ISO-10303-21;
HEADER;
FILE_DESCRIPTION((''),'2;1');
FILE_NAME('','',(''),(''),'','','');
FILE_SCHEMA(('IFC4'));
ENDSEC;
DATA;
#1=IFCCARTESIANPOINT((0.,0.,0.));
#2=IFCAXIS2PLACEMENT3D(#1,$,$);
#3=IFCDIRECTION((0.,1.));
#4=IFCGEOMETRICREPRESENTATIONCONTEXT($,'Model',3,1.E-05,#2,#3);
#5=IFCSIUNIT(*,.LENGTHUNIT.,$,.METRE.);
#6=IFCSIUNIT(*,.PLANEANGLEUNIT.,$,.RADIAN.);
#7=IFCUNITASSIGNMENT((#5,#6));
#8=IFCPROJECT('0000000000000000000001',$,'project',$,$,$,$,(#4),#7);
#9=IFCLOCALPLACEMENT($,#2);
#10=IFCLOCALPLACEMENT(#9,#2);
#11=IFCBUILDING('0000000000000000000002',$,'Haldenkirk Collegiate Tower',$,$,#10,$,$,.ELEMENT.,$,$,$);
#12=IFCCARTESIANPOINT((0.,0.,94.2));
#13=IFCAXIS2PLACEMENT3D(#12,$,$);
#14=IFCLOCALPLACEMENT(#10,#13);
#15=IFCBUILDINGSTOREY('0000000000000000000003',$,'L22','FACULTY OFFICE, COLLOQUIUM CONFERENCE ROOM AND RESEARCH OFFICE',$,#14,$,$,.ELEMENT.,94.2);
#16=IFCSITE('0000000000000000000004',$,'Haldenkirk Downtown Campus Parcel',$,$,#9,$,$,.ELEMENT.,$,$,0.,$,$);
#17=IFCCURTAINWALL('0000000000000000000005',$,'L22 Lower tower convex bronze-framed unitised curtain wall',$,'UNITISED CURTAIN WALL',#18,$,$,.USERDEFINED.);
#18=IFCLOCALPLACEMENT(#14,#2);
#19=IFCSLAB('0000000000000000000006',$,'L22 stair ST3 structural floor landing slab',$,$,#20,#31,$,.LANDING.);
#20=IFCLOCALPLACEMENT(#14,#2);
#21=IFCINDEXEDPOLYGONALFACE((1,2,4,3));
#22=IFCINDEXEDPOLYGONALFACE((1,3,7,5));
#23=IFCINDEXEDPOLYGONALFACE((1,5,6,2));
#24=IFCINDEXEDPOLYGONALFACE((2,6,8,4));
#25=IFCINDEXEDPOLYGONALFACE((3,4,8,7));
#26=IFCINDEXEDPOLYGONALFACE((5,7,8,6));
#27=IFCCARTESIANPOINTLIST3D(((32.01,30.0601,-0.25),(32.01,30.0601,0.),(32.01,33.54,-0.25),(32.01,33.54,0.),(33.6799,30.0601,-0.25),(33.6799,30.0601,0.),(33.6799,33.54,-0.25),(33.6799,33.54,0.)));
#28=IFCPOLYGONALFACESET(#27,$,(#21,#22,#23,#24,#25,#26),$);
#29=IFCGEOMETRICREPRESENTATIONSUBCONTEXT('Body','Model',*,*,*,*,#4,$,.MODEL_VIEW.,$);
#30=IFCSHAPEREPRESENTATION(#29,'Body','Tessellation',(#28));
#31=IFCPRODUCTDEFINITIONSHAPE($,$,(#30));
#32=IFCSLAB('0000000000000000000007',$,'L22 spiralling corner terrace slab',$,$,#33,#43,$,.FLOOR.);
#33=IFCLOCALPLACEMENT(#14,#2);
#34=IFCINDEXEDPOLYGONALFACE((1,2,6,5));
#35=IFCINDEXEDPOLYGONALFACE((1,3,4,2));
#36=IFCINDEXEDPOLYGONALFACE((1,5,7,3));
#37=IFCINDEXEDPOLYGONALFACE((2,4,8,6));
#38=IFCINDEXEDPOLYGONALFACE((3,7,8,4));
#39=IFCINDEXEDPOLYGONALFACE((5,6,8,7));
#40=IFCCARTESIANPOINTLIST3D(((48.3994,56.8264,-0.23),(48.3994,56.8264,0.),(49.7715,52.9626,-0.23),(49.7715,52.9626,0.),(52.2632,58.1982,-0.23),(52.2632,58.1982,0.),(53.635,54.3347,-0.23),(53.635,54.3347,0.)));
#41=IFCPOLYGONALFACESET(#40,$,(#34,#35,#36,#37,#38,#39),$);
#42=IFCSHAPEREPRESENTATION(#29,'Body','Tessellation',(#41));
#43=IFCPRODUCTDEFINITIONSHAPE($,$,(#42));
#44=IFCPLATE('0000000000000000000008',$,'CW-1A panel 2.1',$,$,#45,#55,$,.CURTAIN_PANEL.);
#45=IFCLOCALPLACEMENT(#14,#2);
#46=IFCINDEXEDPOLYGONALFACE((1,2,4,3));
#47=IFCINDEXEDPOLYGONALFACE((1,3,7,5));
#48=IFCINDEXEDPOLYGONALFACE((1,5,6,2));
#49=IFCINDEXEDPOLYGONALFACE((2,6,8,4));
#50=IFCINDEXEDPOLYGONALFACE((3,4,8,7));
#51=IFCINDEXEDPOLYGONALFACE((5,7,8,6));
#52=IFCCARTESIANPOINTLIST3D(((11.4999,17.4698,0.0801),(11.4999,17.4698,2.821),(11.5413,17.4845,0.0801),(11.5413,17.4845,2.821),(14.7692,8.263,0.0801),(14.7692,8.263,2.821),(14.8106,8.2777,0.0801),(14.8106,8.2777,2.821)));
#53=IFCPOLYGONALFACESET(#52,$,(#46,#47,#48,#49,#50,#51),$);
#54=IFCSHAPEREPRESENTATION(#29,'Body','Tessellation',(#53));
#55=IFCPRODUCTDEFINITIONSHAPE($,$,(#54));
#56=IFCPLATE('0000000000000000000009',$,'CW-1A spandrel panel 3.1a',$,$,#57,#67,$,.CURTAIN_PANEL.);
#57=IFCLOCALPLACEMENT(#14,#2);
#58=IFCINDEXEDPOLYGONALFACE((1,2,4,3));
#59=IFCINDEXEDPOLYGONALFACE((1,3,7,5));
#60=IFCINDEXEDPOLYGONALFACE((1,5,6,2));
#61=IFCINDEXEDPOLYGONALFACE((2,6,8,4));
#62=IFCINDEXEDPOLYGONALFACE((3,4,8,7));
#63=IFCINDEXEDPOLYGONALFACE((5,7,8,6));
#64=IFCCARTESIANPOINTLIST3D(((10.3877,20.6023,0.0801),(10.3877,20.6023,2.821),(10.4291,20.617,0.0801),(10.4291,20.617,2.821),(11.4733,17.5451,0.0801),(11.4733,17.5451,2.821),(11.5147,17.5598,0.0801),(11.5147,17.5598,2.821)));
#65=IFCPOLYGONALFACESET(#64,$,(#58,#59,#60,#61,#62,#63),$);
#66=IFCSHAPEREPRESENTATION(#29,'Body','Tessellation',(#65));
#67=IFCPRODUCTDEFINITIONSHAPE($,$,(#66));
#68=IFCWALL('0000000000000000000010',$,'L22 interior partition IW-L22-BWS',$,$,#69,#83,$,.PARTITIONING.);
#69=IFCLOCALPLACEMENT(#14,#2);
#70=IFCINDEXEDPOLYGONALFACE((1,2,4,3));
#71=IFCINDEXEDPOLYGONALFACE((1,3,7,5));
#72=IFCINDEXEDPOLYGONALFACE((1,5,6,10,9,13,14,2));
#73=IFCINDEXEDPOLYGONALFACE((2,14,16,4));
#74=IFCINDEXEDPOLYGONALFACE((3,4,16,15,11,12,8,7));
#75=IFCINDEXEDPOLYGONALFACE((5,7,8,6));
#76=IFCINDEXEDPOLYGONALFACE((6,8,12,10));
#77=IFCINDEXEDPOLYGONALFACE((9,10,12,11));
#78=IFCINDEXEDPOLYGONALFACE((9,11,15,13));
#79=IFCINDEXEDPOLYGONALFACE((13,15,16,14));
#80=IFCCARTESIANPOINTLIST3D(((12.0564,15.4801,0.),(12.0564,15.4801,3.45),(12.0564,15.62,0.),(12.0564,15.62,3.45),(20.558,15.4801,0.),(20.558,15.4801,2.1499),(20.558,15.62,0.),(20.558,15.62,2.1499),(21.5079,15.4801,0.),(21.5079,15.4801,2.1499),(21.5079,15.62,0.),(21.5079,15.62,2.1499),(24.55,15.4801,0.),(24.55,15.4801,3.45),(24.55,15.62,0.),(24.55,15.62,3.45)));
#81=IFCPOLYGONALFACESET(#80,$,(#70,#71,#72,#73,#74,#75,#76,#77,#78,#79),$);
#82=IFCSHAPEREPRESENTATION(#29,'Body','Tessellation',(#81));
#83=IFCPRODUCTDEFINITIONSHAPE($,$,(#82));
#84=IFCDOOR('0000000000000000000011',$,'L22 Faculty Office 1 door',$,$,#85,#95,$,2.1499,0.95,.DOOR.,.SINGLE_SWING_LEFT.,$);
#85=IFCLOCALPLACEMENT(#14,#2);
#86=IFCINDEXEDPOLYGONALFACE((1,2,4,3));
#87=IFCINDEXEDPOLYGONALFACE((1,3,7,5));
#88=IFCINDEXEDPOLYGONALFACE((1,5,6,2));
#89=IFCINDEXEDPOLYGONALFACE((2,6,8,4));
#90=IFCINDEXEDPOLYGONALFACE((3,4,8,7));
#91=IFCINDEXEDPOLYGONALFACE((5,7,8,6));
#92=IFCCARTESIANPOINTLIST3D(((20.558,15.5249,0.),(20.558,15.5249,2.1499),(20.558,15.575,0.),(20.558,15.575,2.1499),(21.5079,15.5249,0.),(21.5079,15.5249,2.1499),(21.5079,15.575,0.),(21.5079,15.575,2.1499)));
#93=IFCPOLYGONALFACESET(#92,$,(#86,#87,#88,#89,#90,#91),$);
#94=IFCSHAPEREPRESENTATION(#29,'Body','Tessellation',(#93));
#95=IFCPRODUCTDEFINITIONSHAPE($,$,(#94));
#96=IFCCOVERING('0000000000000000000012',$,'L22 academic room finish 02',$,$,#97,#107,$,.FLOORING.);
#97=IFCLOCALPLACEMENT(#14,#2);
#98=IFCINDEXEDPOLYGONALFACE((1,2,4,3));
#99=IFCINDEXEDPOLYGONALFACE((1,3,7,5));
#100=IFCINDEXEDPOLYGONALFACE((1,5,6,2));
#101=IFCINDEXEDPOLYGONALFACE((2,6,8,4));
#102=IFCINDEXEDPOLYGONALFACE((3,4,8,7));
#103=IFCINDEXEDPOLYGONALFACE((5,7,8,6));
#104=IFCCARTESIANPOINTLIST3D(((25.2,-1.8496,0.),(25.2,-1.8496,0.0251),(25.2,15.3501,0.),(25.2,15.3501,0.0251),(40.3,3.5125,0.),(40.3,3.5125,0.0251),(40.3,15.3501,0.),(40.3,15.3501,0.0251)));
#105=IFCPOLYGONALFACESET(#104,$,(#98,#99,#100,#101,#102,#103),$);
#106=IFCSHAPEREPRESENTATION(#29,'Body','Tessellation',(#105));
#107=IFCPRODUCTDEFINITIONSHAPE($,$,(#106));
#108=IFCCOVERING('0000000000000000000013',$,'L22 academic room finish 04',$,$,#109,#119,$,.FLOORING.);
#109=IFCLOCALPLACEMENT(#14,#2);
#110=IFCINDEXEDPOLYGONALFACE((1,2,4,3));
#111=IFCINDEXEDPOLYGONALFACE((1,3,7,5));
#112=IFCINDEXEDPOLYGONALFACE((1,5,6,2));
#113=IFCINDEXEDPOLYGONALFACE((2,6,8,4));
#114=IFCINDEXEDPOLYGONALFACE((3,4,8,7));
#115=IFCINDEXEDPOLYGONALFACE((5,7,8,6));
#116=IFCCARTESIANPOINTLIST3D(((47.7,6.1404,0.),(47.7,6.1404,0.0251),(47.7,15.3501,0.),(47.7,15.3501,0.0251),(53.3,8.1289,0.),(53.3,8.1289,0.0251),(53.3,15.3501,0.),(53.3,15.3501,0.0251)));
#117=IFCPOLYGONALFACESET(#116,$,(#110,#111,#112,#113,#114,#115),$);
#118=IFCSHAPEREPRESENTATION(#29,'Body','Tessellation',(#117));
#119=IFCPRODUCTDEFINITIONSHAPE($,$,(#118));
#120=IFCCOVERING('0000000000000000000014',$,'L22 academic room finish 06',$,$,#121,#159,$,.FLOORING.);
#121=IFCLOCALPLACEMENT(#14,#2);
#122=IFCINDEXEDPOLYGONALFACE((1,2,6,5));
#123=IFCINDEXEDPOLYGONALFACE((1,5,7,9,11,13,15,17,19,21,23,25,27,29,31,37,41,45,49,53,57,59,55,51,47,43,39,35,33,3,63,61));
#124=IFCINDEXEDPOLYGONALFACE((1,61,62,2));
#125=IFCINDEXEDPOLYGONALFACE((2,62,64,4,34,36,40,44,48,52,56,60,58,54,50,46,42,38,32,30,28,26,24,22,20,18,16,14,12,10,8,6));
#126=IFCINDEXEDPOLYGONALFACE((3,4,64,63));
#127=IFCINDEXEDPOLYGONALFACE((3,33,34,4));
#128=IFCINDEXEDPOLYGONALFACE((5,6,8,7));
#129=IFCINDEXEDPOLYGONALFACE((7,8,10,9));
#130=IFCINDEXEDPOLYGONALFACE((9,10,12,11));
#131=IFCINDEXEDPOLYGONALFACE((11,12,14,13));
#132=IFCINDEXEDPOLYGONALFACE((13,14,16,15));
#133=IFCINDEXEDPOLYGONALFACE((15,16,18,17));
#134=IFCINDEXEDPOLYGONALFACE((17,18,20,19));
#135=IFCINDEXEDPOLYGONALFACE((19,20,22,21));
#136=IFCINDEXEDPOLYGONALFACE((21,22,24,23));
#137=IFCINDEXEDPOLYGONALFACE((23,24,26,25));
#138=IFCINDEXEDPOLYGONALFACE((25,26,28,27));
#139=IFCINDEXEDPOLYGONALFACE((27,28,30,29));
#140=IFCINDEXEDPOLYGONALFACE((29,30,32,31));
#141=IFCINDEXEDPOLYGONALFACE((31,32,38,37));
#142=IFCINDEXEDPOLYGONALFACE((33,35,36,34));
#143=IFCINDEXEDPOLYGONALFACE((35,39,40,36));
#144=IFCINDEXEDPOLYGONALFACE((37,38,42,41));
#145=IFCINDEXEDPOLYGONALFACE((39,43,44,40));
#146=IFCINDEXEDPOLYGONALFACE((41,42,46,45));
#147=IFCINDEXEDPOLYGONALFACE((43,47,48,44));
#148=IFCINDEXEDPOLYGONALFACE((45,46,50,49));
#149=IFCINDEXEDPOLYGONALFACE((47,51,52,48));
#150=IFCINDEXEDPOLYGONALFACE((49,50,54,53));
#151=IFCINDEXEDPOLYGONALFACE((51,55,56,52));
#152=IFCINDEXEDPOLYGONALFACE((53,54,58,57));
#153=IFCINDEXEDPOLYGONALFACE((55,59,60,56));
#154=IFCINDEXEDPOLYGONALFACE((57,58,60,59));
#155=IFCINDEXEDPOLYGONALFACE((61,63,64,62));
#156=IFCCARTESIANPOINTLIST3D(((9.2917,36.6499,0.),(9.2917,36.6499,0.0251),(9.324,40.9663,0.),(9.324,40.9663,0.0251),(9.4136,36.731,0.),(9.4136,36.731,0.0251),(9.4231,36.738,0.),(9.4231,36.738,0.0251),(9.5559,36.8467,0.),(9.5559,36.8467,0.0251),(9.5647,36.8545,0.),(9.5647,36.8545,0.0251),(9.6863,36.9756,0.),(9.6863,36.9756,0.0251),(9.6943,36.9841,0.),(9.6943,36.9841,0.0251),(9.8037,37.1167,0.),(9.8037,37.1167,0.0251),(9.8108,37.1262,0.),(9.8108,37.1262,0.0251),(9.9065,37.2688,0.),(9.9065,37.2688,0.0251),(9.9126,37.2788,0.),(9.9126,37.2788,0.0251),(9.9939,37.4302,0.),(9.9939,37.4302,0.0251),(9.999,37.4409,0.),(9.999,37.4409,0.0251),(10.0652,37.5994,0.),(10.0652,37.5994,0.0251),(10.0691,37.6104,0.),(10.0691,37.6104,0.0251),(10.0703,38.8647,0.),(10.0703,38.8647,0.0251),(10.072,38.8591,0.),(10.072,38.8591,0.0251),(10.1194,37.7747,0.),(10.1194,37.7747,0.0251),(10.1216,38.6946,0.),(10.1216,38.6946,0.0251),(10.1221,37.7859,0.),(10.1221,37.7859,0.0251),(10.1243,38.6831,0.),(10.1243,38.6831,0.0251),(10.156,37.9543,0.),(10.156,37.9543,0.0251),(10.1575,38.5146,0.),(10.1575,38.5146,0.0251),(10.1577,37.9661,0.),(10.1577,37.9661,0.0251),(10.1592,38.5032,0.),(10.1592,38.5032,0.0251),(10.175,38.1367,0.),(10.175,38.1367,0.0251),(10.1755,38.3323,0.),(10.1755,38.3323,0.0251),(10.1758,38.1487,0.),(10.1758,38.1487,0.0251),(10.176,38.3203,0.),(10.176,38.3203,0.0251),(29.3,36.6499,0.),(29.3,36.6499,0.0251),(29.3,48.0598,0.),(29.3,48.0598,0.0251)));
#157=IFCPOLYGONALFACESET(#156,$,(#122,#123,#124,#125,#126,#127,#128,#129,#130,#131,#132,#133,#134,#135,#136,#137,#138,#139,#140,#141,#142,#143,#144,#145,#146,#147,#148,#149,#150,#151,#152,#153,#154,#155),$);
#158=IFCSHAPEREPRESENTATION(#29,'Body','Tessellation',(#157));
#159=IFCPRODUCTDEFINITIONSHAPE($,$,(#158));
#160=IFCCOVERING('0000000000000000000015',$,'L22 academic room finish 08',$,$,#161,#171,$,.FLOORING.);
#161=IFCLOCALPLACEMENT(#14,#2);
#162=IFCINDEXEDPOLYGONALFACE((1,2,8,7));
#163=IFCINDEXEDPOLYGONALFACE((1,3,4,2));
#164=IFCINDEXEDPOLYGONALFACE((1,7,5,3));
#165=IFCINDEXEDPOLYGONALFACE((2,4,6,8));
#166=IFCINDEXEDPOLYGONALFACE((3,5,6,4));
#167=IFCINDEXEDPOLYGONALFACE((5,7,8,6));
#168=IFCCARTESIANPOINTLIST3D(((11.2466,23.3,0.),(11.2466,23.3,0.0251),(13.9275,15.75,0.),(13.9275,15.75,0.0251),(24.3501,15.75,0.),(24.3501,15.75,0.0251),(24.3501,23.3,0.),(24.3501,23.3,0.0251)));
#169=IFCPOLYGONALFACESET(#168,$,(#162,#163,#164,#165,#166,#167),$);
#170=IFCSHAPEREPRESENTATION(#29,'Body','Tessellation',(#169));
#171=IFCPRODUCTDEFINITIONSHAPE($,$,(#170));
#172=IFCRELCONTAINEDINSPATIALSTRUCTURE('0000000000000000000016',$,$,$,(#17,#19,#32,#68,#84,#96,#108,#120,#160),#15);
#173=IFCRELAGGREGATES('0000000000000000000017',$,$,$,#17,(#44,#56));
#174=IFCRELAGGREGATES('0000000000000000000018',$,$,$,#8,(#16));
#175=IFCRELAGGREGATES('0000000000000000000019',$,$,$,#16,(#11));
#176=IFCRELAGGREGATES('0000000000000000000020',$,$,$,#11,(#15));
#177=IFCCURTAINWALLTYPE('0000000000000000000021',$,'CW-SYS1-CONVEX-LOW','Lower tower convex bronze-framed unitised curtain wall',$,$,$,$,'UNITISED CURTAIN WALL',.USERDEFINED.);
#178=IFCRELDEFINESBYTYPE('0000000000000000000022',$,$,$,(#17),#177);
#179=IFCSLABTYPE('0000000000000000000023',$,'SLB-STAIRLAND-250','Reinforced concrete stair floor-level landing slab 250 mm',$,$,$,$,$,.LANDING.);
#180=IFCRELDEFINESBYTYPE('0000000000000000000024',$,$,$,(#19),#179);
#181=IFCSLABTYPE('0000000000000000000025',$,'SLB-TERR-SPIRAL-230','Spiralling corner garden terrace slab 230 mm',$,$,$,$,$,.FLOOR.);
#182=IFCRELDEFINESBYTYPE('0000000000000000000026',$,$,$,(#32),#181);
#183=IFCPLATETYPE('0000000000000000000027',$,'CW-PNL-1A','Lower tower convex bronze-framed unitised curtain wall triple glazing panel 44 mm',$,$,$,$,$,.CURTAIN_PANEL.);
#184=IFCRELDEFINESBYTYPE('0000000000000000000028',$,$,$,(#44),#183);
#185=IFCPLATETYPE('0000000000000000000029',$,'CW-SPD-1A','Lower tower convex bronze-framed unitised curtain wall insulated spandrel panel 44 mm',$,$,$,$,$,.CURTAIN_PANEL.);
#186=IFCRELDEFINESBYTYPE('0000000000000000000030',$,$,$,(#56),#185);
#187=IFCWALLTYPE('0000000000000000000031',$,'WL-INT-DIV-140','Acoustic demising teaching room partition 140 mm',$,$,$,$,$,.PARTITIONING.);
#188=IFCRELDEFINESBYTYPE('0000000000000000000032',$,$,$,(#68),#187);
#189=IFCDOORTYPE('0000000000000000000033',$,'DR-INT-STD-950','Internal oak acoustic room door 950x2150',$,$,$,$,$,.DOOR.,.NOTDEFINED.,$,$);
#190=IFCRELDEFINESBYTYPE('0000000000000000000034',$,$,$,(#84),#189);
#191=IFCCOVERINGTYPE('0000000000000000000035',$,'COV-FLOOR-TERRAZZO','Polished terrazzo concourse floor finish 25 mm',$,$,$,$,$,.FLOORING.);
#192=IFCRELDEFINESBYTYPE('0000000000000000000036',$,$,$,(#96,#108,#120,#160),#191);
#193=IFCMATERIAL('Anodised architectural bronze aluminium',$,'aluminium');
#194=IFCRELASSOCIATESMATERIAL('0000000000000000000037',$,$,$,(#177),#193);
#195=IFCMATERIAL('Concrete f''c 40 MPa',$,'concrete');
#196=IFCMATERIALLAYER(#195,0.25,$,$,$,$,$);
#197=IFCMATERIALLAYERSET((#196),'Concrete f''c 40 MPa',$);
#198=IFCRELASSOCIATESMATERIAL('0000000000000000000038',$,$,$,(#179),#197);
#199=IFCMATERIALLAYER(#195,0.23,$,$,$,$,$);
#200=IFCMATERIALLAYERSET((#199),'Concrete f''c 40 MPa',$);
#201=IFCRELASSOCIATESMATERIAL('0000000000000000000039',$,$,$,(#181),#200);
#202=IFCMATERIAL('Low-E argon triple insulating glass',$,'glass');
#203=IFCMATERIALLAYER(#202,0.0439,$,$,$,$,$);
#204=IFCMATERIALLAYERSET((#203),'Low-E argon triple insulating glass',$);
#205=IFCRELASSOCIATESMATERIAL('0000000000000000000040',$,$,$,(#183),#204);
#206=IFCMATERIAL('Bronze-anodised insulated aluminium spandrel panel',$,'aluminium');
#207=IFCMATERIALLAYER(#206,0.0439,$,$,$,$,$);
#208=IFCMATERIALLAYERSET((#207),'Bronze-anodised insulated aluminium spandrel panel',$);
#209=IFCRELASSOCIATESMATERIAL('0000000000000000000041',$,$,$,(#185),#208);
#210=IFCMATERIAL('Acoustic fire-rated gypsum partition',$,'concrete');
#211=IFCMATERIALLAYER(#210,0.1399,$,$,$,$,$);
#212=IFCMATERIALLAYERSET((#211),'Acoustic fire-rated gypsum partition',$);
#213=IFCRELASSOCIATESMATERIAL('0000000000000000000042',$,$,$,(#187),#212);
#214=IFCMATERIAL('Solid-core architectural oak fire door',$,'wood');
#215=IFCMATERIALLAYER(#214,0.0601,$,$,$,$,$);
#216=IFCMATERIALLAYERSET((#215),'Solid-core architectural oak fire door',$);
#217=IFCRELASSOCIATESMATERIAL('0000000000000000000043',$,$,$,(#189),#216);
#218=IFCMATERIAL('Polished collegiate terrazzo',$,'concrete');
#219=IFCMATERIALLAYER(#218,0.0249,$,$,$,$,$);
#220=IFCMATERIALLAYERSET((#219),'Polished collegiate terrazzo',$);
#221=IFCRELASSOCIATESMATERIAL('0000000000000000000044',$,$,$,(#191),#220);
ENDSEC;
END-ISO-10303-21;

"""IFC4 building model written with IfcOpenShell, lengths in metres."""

from ifc_helpers import new_model, si_unit, direction, frame, frame_2d, origin, origin_2d, place, context, subcontext, project, spatial, polyline, rectangle, outline, extrude, source, transform, mapped, material, layer, layer_set, type_object, element, fill, aggregate, save


model = new_model("IFC4")

# Units and contexts
model_context = context("Model", 3, precision=1e-05, world=origin(), true_north=direction((0.0, 1.0)))
body_context = subcontext(model_context, "Body", "Model", "MODEL_VIEW")
ifc_project = project(units=[si_unit("LENGTHUNIT", "METRE"), si_unit("PLANEANGLEUNIT", "RADIAN")], contexts=[model_context])

# Site, building, storey
site_placement = place(None, origin())
site = spatial("IfcSite", under=ifc_project, at=site_placement, Name="Haldenkirk Downtown Campus Parcel", CompositionType="ELEMENT", RefElevation=0.0)
building_placement = place(site_placement, origin())
building = spatial("IfcBuilding", under=site, at=building_placement, Name="Haldenkirk Collegiate Tower", CompositionType="ELEMENT")
storey_placement = place(building_placement, frame((0.0, 0.0, 94.2)))
storey = spatial("IfcBuildingStorey", under=building, at=storey_placement, Name="L22", Description="FACULTY OFFICE, COLLOQUIUM CONFERENCE ROOM AND RESEARCH OFFICE", CompositionType="ELEMENT", Elevation=94.2)

# Curtain wall
ifc_material_1 = material(Name="Anodised architectural bronze aluminium", Category="aluminium")
curtain_wall_type = type_object("IfcCurtainWallType", Name="CW-SYS1-CONVEX-LOW", Description="Lower tower convex bronze-framed unitised curtain wall", ElementType="UNITISED CURTAIN WALL", PredefinedType="USERDEFINED", material=ifc_material_1)
curtain_wall_placement = place(storey_placement, origin())
curtain_wall = element("IfcCurtainWall", 1, at=curtain_wall_placement, inside=storey, type_object=curtain_wall_type, Name="L22 Lower tower convex bronze-framed unitised curtain wall", ObjectType="UNITISED CURTAIN WALL", PredefinedType="USERDEFINED")

# Shared definitions
ifc_material_2 = material(Name="Concrete f'c 40 MPa", Category="concrete")

# Slabs
ifc_layer_1 = layer(ifc_material_2, 0.25)
ifc_layer_set_1 = layer_set([ifc_layer_1], Name="Concrete f'c 40 MPa")
slab_type_1 = type_object("IfcSlabType", Name="SLB-STAIRLAND-250", Description="Reinforced concrete stair floor-level landing slab 250 mm", PredefinedType="LANDING", material=ifc_layer_set_1)
slab_1_placement = place(storey_placement, frame((0.0, 0.0, -0.25)))
element("IfcSlab", 2, at=slab_1_placement, inside=storey, type_object=slab_type_1, Name="L22 stair ST3 structural floor landing slab", PredefinedType="LANDING", context=body_context, shape_type="SweptSolid", body=[
    extrude(outline(polyline([(32.01, 30.0601), (33.6799, 30.0601), (33.6799, 33.54), (32.01, 33.54), (32.01, 30.0601)])), origin(), (0.0, 0.0, 1.0), 0.25),
])
ifc_layer_2 = layer(ifc_material_2, 0.23)
ifc_layer_set_2 = layer_set([ifc_layer_2], Name="Concrete f'c 40 MPa")
slab_type_2 = type_object("IfcSlabType", Name="SLB-TERR-SPIRAL-230", Description="Spiralling corner garden terrace slab 230 mm", PredefinedType="FLOOR", material=ifc_layer_set_2)
slab_2_placement = place(storey_placement, frame((0.0, 0.0, -0.23)))
element("IfcSlab", 3, at=slab_2_placement, inside=storey, type_object=slab_type_2, Name="L22 spiralling corner terrace slab", PredefinedType="FLOOR", context=body_context, shape_type="SweptSolid", body=[
    extrude(outline(polyline([(49.7715, 52.9626), (53.635, 54.3347), (52.2632, 58.1982), (48.3994, 56.8264), (49.7715, 52.9626)])), origin(), (0.0, 0.0, 1.0), 0.23),
])

# Plates
ifc_material_3 = material(Name="Low-E argon triple insulating glass", Category="glass")
ifc_layer_3 = layer(ifc_material_3, 0.0439)
ifc_layer_set_3 = layer_set([ifc_layer_3], Name="Low-E argon triple insulating glass")
plate_type_1 = type_object("IfcPlateType", Name="CW-PNL-1A", Description="Lower tower convex bronze-framed unitised curtain wall triple glazing panel 44 mm", PredefinedType="CURTAIN_PANEL", material=ifc_layer_set_3)
shared_shape_1 = source(origin(), body_context, "Body", "SweptSolid", [
    extrude(rectangle(XDim=9.77, YDim=0.0439, at=origin_2d()), origin(), (0.0, 0.0, 1.0), 2.741),
])
plate_1_placement = place(storey_placement, frame((13.1553, 12.8738, 0.0801), z_axis=(0.0, 0.0, 1.0), x_axis=(-0.334626, 0.942351, 0.0)))
plate_1 = element("IfcPlate", 4, at=plate_1_placement, type_object=plate_type_1, Name="CW-1A panel 2.1", PredefinedType="CURTAIN_PANEL", context=body_context, shape_type="MappedRepresentation", body=[
    mapped(shared_shape_1, transform((0.0, 0.0, 0.0), x_axis=(1.0, 0.0, 0.0), y_axis=(0.0, 1.0, 0.0), z_axis=(0.0, 0.0, 1.0), scale=1.0)),
])
ifc_material_4 = material(Name="Bronze-anodised insulated aluminium spandrel panel", Category="aluminium")
ifc_layer_4 = layer(ifc_material_4, 0.0439)
ifc_layer_set_4 = layer_set([ifc_layer_4], Name="Bronze-anodised insulated aluminium spandrel panel")
plate_type_2 = type_object("IfcPlateType", Name="CW-SPD-1A", Description="Lower tower convex bronze-framed unitised curtain wall insulated spandrel panel 44 mm", PredefinedType="CURTAIN_PANEL", material=ifc_layer_set_4)
shared_shape_2 = source(origin(), body_context, "Body", "SweptSolid", [
    extrude(rectangle(XDim=3.2441, YDim=0.0439, at=origin_2d()), origin(), (0.0, 0.0, 1.0), 2.741),
])
plate_2_placement = place(storey_placement, frame((10.9512, 19.0811, 0.0801), z_axis=(0.0, 0.0, 1.0), x_axis=(-0.334626, 0.942351, 0.0)))
plate_2 = element("IfcPlate", 5, at=plate_2_placement, type_object=plate_type_2, Name="CW-1A spandrel panel 3.1a", PredefinedType="CURTAIN_PANEL", context=body_context, shape_type="MappedRepresentation", body=[
    mapped(shared_shape_2, transform((0.0, 0.0, 0.0), x_axis=(1.0, 0.0, 0.0), y_axis=(0.0, 1.0, 0.0), z_axis=(0.0, 0.0, 1.0), scale=1.0)),
])
aggregate(curtain_wall, [plate_1, plate_2])

# Wall, opening, door
ifc_material_5 = material(Name="Acoustic fire-rated gypsum partition", Category="concrete")
ifc_layer_5 = layer(ifc_material_5, 0.1399)
ifc_layer_set_5 = layer_set([ifc_layer_5], Name="Acoustic fire-rated gypsum partition")
wall_type = type_object("IfcWallType", Name="WL-INT-DIV-140", Description="Acoustic demising teaching room partition 140 mm", PredefinedType="PARTITIONING", material=ifc_layer_set_5)
wall_placement = place(storey_placement, frame((12.0564, 15.55, 0.0), z_axis=(0.0, 0.0, 1.0), x_axis=(1.0, 0.0, 0.0)))
wall = element("IfcWall", 6, at=wall_placement, inside=storey, type_object=wall_type, Name="L22 interior partition IW-L22-BWS", PredefinedType="PARTITIONING", context=body_context, shape_type="SweptSolid", body=[
    extrude(rectangle(XDim=12.4937, YDim=0.1399, at=frame_2d((6.2468, 0.0))), origin(), (0.0, 0.0, 1.0), 3.45),
])
opening_placement = place(wall_placement, frame((8.5015, 0.0, 0.0)))
opening = element("IfcOpeningElement", 7, at=opening_placement, cuts=wall, PredefinedType="OPENING", context=body_context, shape_type="SweptSolid", body=[
    extrude(rectangle(XDim=0.95, YDim=2.1499, at=frame_2d((0.4751, 1.075))), frame((0.0, 0.0798, 0.0), z_axis=(0.0, -1.0, 0.0), x_axis=(1.0, 0.0, 0.0)), (0.0, 0.0, 1.0), 0.1599),
])
ifc_material_6 = material(Name="Solid-core architectural oak fire door", Category="wood")
ifc_layer_6 = layer(ifc_material_6, 0.0601)
ifc_layer_set_6 = layer_set([ifc_layer_6], Name="Solid-core architectural oak fire door")
door_type = type_object("IfcDoorType", Name="DR-INT-STD-950", Description="Internal oak acoustic room door 950x2150", OperationType="NOTDEFINED", PredefinedType="DOOR", material=ifc_layer_set_6)
door_placement = place(opening_placement, origin())
door = element("IfcDoor", 8, at=door_placement, inside=storey, type_object=door_type, Name="L22 Faculty Office 1 door", OperationType="SINGLE_SWING_LEFT", OverallHeight=2.1499, OverallWidth=0.95, PredefinedType="DOOR", context=body_context, shape_type="SweptSolid", body=[
    extrude(rectangle(XDim=0.95, YDim=2.1499, at=frame_2d((0.4751, 1.075))), frame((0.0, 0.0249, 0.0), z_axis=(0.0, -1.0, 0.0), x_axis=(1.0, 0.0, 0.0)), (0.0, 0.0, 1.0), 0.05),
])
fill(opening, door)

# Coverings
ifc_material_7 = material(Name="Polished collegiate terrazzo", Category="concrete")
ifc_layer_7 = layer(ifc_material_7, 0.0249)
ifc_layer_set_7 = layer_set([ifc_layer_7], Name="Polished collegiate terrazzo")
covering_type_1 = type_object("IfcCoveringType", Name="COV-FLOOR-TERRAZZO", Description="Polished terrazzo concourse floor finish 25 mm", PredefinedType="FLOORING", material=ifc_layer_set_7)
covering_1_placement = place(storey_placement, origin())
element("IfcCovering", 9, at=covering_1_placement, inside=storey, type_object=covering_type_1, Name="L22 academic room finish 02", PredefinedType="FLOORING", context=body_context, shape_type="SweptSolid", body=[
    extrude(outline(polyline([(25.2, -1.8496), (25.2, 15.3501), (40.3, 15.3501), (40.3, 3.5125), (25.2, -1.8496)])), origin(), (0.0, 0.0, 1.0), 0.0251),
])
covering_2_placement = place(storey_placement, origin())
element("IfcCovering", 10, at=covering_2_placement, inside=storey, type_object=covering_type_1, Name="L22 academic room finish 04", PredefinedType="FLOORING", context=body_context, shape_type="SweptSolid", body=[
    extrude(outline(polyline([(47.7, 6.1404), (47.7, 15.3501), (53.3, 15.3501), (53.3, 8.1289), (47.7, 6.1404)])), origin(), (0.0, 0.0, 1.0), 0.0251),
])
covering_3_placement = place(storey_placement, origin())
element("IfcCovering", 11, at=covering_3_placement, inside=storey, type_object=covering_type_1, Name="L22 academic room finish 06", PredefinedType="FLOORING", context=body_context, shape_type="SweptSolid", body=[
    extrude(outline(polyline([(9.2917, 36.6499), (9.4136, 36.731), (9.4231, 36.738), (9.5559, 36.8467), (9.5647, 36.8545), (9.6863, 36.9756), (9.6943, 36.9841), (9.8037, 37.1167), (9.8108, 37.1262), (9.9065, 37.2688), (9.9126, 37.2788), (9.9939, 37.4302), (9.999, 37.4409), (10.0652, 37.5994), (10.0691, 37.6104), (10.1194, 37.7747), (10.1221, 37.7859), (10.156, 37.9543), (10.1577, 37.9661), (10.175, 38.1367), (10.1758, 38.1487), (10.176, 38.3203), (10.1755, 38.3323), (10.1592, 38.5032), (10.1575, 38.5146), (10.1243, 38.6831), (10.1216, 38.6946), (10.072, 38.8591), (10.0703, 38.8647), (9.324, 40.9663), (29.3, 48.0598), (29.3, 36.6499), (9.2917, 36.6499)])), origin(), (0.0, 0.0, 1.0), 0.0251),
])
covering_4_placement = place(storey_placement, origin())
element("IfcCovering", 12, at=covering_4_placement, inside=storey, type_object=covering_type_1, Name="L22 academic room finish 08", PredefinedType="FLOORING", context=body_context, shape_type="SweptSolid", body=[
    extrude(outline(polyline([(11.2466, 23.3), (24.3501, 23.3), (24.3501, 15.75), (13.9275, 15.75), (11.2466, 23.3)])), origin(), (0.0, 0.0, 1.0), 0.0251),
])

save(model, "model.ifc")
